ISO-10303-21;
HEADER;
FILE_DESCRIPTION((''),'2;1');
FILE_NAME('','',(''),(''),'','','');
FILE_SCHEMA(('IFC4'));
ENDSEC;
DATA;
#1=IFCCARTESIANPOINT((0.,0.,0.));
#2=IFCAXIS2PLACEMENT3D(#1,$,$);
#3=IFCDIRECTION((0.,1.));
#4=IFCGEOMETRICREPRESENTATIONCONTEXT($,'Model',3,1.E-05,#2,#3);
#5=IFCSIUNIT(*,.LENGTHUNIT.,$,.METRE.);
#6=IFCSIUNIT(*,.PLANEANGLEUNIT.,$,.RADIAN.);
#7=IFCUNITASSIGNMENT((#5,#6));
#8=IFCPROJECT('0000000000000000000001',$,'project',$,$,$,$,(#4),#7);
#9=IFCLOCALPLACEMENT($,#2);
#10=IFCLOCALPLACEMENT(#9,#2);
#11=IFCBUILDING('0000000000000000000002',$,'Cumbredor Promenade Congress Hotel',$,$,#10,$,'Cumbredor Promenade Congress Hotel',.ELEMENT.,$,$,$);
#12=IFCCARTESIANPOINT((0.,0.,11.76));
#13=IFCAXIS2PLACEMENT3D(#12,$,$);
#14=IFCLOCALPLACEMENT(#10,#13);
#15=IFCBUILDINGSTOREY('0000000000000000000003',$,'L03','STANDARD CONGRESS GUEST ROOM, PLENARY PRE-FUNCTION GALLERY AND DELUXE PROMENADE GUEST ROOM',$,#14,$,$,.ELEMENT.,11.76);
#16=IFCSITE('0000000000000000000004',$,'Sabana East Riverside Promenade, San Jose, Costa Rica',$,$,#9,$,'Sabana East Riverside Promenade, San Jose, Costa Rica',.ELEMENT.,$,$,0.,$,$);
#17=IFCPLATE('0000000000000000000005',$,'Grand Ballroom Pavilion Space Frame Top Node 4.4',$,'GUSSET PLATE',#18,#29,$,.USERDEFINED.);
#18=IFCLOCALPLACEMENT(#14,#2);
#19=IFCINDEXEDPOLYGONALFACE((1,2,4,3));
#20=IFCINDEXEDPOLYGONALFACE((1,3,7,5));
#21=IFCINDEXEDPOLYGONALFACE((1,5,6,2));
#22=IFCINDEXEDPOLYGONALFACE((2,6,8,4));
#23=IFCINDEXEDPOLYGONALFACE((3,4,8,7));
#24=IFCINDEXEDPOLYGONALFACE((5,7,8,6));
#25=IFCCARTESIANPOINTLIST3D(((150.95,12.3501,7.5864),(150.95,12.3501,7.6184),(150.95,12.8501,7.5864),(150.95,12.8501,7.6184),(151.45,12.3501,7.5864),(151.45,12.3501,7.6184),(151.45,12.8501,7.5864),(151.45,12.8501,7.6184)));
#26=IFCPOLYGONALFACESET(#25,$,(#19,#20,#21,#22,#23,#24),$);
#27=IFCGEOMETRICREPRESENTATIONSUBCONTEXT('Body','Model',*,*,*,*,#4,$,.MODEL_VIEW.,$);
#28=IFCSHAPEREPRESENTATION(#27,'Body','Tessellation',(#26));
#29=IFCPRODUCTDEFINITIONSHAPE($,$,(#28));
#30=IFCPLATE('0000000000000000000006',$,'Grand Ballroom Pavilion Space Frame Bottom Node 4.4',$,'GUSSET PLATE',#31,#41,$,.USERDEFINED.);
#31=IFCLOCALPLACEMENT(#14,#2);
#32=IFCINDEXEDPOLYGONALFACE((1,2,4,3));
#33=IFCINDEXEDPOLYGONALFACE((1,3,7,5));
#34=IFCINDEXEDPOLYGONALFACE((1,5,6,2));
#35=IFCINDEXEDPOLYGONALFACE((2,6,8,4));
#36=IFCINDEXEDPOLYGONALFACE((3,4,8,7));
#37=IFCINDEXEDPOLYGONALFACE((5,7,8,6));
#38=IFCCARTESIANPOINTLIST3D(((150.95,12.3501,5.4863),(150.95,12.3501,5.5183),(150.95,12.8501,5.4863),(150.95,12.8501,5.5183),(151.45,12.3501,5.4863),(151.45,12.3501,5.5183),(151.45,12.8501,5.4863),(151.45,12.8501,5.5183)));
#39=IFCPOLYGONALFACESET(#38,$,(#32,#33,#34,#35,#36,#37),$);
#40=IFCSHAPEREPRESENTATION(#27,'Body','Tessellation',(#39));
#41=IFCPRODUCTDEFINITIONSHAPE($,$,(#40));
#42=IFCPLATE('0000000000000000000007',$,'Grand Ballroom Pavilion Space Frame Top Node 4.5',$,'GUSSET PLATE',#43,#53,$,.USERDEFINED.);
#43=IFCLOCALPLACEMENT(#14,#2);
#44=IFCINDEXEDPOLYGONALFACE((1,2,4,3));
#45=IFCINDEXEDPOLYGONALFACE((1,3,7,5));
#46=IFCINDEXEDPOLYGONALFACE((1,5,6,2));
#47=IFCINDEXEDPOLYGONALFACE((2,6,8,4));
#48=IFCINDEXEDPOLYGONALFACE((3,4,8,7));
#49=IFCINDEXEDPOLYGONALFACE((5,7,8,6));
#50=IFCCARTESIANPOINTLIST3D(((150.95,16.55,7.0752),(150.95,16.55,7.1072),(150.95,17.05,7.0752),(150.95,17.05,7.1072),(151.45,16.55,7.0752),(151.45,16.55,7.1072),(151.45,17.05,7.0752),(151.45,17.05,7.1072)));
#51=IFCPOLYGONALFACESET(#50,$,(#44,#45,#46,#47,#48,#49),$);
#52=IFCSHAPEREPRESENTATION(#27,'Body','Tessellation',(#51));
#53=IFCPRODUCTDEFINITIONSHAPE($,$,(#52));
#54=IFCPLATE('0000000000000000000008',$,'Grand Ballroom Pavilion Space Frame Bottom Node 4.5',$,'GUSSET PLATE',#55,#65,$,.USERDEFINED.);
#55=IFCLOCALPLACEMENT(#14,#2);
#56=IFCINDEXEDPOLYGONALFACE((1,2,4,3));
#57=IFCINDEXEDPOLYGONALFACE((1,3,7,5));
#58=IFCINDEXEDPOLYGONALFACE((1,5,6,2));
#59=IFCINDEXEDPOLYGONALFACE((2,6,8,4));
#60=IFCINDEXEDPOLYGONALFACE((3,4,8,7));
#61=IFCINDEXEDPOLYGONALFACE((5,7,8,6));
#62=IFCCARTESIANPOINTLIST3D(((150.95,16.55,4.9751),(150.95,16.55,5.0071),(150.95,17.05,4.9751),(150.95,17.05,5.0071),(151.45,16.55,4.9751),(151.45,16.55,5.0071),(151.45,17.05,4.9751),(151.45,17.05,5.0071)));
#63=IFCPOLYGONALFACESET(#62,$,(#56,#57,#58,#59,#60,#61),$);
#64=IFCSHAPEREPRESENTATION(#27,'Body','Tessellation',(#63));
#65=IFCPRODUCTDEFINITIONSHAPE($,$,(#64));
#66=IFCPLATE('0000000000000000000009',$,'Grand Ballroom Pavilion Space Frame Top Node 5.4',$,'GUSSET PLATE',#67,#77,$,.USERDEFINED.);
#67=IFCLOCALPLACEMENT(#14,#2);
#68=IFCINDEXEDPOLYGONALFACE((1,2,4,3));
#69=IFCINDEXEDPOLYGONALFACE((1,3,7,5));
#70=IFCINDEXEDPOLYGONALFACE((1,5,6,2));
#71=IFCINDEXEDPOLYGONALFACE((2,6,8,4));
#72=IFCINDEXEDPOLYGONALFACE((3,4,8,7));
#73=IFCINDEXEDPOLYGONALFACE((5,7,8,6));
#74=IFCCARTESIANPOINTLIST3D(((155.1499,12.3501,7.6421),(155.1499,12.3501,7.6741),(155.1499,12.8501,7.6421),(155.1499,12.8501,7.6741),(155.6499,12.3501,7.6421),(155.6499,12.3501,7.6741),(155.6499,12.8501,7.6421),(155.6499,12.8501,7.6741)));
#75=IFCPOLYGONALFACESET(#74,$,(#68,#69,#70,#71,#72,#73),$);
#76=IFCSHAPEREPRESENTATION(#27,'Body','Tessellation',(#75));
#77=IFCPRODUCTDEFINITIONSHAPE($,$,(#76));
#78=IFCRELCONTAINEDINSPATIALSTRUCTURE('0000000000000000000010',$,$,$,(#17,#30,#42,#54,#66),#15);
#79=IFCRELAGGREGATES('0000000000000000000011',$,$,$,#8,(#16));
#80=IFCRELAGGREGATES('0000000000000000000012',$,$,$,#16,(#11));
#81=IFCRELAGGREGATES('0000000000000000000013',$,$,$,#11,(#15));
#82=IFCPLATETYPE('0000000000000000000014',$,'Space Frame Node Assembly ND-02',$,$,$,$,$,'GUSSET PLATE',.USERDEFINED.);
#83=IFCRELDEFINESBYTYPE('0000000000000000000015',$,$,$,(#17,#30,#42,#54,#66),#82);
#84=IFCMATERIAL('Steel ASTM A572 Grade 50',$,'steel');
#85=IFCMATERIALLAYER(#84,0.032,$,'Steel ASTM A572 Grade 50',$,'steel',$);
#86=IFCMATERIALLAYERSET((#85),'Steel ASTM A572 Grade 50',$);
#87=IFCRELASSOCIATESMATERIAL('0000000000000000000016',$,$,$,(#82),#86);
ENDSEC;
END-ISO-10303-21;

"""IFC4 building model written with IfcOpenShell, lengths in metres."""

from ifc_helpers import new_model, si_unit, direction, frame, origin, origin_2d, place, context, subcontext, project, spatial, rectangle, extrude, material, layer, layer_set, type_object, element, save


model = new_model("IFC4")

# Units and contexts
model_context = context("Model", 3, precision=1e-05, world=origin(), true_north=direction((0.0, 1.0)))
body_context = subcontext(model_context, "Body", "Model", "MODEL_VIEW")
ifc_project = project(units=[si_unit("LENGTHUNIT", "METRE"), si_unit("PLANEANGLEUNIT", "RADIAN")], contexts=[model_context])

# Site, building, storey
site_placement = place(None, origin())
site = spatial("IfcSite", under=ifc_project, at=site_placement, Name="Sabana East Riverside Promenade, San Jose, Costa Rica", LongName="Sabana East Riverside Promenade, San Jose, Costa Rica", CompositionType="ELEMENT", RefElevation=0.0)
building_placement = place(site_placement, origin())
building = spatial("IfcBuilding", under=site, at=building_placement, Name="Cumbredor Promenade Congress Hotel", LongName="Cumbredor Promenade Congress Hotel", CompositionType="ELEMENT")
storey_placement = place(building_placement, frame((0.0, 0.0, 11.76)))
storey = spatial("IfcBuildingStorey", under=building, at=storey_placement, Name="L03", Description="STANDARD CONGRESS GUEST ROOM, PLENARY PRE-FUNCTION GALLERY AND DELUXE PROMENADE GUEST ROOM", CompositionType="ELEMENT", Elevation=11.76)

# Plates
ifc_material_1 = material(Name="Steel ASTM A572 Grade 50", Category="steel")
ifc_layer = layer(ifc_material_1, 0.032, Name="Steel ASTM A572 Grade 50", Category="steel")
ifc_layer_set = layer_set([ifc_layer], Name="Steel ASTM A572 Grade 50")
plate_type = type_object("IfcPlateType", Name="Space Frame Node Assembly ND-02", ElementType="GUSSET PLATE", PredefinedType="USERDEFINED", material=ifc_layer_set)
for number, where, z_axis, x_axis, name in (
    (1, (151.2, 12.6001, 7.5864), (0.0, 0.0, 1.0), (1.0, 0.0, 0.0), "Grand Ballroom Pavilion Space Frame Top Node 4.4"),
    (2, (151.2, 12.6001, 5.4863), (0.0, 0.0, 1.0), (1.0, 0.0, 0.0), "Grand Ballroom Pavilion Space Frame Bottom Node 4.4"),
    (3, (151.2, 16.8, 7.0752), (0.0, 0.0, 1.0), (1.0, 0.0, 0.0), "Grand Ballroom Pavilion Space Frame Top Node 4.5"),
    (4, (151.2, 16.8, 4.9751), (0.0, 0.0, 1.0), (1.0, 0.0, 0.0), "Grand Ballroom Pavilion Space Frame Bottom Node 4.5"),
    (5, (155.3999, 12.6001, 7.6421), (0.0, 0.0, 1.0), (1.0, 0.0, 0.0), "Grand Ballroom Pavilion Space Frame Top Node 5.4"),
):
    element("IfcPlate", number, at=place(storey_placement, frame(where, z_axis=z_axis, x_axis=x_axis)), inside=storey, type_object=plate_type, Name=name, ObjectType="GUSSET PLATE", PredefinedType="USERDEFINED", context=body_context, shape_type="SweptSolid", body=[
        extrude(rectangle(XDim=0.5, YDim=0.5, at=origin_2d()), origin(), (0.0, 0.0, 1.0), 0.032),
    ])

save(model, "model.ifc")
